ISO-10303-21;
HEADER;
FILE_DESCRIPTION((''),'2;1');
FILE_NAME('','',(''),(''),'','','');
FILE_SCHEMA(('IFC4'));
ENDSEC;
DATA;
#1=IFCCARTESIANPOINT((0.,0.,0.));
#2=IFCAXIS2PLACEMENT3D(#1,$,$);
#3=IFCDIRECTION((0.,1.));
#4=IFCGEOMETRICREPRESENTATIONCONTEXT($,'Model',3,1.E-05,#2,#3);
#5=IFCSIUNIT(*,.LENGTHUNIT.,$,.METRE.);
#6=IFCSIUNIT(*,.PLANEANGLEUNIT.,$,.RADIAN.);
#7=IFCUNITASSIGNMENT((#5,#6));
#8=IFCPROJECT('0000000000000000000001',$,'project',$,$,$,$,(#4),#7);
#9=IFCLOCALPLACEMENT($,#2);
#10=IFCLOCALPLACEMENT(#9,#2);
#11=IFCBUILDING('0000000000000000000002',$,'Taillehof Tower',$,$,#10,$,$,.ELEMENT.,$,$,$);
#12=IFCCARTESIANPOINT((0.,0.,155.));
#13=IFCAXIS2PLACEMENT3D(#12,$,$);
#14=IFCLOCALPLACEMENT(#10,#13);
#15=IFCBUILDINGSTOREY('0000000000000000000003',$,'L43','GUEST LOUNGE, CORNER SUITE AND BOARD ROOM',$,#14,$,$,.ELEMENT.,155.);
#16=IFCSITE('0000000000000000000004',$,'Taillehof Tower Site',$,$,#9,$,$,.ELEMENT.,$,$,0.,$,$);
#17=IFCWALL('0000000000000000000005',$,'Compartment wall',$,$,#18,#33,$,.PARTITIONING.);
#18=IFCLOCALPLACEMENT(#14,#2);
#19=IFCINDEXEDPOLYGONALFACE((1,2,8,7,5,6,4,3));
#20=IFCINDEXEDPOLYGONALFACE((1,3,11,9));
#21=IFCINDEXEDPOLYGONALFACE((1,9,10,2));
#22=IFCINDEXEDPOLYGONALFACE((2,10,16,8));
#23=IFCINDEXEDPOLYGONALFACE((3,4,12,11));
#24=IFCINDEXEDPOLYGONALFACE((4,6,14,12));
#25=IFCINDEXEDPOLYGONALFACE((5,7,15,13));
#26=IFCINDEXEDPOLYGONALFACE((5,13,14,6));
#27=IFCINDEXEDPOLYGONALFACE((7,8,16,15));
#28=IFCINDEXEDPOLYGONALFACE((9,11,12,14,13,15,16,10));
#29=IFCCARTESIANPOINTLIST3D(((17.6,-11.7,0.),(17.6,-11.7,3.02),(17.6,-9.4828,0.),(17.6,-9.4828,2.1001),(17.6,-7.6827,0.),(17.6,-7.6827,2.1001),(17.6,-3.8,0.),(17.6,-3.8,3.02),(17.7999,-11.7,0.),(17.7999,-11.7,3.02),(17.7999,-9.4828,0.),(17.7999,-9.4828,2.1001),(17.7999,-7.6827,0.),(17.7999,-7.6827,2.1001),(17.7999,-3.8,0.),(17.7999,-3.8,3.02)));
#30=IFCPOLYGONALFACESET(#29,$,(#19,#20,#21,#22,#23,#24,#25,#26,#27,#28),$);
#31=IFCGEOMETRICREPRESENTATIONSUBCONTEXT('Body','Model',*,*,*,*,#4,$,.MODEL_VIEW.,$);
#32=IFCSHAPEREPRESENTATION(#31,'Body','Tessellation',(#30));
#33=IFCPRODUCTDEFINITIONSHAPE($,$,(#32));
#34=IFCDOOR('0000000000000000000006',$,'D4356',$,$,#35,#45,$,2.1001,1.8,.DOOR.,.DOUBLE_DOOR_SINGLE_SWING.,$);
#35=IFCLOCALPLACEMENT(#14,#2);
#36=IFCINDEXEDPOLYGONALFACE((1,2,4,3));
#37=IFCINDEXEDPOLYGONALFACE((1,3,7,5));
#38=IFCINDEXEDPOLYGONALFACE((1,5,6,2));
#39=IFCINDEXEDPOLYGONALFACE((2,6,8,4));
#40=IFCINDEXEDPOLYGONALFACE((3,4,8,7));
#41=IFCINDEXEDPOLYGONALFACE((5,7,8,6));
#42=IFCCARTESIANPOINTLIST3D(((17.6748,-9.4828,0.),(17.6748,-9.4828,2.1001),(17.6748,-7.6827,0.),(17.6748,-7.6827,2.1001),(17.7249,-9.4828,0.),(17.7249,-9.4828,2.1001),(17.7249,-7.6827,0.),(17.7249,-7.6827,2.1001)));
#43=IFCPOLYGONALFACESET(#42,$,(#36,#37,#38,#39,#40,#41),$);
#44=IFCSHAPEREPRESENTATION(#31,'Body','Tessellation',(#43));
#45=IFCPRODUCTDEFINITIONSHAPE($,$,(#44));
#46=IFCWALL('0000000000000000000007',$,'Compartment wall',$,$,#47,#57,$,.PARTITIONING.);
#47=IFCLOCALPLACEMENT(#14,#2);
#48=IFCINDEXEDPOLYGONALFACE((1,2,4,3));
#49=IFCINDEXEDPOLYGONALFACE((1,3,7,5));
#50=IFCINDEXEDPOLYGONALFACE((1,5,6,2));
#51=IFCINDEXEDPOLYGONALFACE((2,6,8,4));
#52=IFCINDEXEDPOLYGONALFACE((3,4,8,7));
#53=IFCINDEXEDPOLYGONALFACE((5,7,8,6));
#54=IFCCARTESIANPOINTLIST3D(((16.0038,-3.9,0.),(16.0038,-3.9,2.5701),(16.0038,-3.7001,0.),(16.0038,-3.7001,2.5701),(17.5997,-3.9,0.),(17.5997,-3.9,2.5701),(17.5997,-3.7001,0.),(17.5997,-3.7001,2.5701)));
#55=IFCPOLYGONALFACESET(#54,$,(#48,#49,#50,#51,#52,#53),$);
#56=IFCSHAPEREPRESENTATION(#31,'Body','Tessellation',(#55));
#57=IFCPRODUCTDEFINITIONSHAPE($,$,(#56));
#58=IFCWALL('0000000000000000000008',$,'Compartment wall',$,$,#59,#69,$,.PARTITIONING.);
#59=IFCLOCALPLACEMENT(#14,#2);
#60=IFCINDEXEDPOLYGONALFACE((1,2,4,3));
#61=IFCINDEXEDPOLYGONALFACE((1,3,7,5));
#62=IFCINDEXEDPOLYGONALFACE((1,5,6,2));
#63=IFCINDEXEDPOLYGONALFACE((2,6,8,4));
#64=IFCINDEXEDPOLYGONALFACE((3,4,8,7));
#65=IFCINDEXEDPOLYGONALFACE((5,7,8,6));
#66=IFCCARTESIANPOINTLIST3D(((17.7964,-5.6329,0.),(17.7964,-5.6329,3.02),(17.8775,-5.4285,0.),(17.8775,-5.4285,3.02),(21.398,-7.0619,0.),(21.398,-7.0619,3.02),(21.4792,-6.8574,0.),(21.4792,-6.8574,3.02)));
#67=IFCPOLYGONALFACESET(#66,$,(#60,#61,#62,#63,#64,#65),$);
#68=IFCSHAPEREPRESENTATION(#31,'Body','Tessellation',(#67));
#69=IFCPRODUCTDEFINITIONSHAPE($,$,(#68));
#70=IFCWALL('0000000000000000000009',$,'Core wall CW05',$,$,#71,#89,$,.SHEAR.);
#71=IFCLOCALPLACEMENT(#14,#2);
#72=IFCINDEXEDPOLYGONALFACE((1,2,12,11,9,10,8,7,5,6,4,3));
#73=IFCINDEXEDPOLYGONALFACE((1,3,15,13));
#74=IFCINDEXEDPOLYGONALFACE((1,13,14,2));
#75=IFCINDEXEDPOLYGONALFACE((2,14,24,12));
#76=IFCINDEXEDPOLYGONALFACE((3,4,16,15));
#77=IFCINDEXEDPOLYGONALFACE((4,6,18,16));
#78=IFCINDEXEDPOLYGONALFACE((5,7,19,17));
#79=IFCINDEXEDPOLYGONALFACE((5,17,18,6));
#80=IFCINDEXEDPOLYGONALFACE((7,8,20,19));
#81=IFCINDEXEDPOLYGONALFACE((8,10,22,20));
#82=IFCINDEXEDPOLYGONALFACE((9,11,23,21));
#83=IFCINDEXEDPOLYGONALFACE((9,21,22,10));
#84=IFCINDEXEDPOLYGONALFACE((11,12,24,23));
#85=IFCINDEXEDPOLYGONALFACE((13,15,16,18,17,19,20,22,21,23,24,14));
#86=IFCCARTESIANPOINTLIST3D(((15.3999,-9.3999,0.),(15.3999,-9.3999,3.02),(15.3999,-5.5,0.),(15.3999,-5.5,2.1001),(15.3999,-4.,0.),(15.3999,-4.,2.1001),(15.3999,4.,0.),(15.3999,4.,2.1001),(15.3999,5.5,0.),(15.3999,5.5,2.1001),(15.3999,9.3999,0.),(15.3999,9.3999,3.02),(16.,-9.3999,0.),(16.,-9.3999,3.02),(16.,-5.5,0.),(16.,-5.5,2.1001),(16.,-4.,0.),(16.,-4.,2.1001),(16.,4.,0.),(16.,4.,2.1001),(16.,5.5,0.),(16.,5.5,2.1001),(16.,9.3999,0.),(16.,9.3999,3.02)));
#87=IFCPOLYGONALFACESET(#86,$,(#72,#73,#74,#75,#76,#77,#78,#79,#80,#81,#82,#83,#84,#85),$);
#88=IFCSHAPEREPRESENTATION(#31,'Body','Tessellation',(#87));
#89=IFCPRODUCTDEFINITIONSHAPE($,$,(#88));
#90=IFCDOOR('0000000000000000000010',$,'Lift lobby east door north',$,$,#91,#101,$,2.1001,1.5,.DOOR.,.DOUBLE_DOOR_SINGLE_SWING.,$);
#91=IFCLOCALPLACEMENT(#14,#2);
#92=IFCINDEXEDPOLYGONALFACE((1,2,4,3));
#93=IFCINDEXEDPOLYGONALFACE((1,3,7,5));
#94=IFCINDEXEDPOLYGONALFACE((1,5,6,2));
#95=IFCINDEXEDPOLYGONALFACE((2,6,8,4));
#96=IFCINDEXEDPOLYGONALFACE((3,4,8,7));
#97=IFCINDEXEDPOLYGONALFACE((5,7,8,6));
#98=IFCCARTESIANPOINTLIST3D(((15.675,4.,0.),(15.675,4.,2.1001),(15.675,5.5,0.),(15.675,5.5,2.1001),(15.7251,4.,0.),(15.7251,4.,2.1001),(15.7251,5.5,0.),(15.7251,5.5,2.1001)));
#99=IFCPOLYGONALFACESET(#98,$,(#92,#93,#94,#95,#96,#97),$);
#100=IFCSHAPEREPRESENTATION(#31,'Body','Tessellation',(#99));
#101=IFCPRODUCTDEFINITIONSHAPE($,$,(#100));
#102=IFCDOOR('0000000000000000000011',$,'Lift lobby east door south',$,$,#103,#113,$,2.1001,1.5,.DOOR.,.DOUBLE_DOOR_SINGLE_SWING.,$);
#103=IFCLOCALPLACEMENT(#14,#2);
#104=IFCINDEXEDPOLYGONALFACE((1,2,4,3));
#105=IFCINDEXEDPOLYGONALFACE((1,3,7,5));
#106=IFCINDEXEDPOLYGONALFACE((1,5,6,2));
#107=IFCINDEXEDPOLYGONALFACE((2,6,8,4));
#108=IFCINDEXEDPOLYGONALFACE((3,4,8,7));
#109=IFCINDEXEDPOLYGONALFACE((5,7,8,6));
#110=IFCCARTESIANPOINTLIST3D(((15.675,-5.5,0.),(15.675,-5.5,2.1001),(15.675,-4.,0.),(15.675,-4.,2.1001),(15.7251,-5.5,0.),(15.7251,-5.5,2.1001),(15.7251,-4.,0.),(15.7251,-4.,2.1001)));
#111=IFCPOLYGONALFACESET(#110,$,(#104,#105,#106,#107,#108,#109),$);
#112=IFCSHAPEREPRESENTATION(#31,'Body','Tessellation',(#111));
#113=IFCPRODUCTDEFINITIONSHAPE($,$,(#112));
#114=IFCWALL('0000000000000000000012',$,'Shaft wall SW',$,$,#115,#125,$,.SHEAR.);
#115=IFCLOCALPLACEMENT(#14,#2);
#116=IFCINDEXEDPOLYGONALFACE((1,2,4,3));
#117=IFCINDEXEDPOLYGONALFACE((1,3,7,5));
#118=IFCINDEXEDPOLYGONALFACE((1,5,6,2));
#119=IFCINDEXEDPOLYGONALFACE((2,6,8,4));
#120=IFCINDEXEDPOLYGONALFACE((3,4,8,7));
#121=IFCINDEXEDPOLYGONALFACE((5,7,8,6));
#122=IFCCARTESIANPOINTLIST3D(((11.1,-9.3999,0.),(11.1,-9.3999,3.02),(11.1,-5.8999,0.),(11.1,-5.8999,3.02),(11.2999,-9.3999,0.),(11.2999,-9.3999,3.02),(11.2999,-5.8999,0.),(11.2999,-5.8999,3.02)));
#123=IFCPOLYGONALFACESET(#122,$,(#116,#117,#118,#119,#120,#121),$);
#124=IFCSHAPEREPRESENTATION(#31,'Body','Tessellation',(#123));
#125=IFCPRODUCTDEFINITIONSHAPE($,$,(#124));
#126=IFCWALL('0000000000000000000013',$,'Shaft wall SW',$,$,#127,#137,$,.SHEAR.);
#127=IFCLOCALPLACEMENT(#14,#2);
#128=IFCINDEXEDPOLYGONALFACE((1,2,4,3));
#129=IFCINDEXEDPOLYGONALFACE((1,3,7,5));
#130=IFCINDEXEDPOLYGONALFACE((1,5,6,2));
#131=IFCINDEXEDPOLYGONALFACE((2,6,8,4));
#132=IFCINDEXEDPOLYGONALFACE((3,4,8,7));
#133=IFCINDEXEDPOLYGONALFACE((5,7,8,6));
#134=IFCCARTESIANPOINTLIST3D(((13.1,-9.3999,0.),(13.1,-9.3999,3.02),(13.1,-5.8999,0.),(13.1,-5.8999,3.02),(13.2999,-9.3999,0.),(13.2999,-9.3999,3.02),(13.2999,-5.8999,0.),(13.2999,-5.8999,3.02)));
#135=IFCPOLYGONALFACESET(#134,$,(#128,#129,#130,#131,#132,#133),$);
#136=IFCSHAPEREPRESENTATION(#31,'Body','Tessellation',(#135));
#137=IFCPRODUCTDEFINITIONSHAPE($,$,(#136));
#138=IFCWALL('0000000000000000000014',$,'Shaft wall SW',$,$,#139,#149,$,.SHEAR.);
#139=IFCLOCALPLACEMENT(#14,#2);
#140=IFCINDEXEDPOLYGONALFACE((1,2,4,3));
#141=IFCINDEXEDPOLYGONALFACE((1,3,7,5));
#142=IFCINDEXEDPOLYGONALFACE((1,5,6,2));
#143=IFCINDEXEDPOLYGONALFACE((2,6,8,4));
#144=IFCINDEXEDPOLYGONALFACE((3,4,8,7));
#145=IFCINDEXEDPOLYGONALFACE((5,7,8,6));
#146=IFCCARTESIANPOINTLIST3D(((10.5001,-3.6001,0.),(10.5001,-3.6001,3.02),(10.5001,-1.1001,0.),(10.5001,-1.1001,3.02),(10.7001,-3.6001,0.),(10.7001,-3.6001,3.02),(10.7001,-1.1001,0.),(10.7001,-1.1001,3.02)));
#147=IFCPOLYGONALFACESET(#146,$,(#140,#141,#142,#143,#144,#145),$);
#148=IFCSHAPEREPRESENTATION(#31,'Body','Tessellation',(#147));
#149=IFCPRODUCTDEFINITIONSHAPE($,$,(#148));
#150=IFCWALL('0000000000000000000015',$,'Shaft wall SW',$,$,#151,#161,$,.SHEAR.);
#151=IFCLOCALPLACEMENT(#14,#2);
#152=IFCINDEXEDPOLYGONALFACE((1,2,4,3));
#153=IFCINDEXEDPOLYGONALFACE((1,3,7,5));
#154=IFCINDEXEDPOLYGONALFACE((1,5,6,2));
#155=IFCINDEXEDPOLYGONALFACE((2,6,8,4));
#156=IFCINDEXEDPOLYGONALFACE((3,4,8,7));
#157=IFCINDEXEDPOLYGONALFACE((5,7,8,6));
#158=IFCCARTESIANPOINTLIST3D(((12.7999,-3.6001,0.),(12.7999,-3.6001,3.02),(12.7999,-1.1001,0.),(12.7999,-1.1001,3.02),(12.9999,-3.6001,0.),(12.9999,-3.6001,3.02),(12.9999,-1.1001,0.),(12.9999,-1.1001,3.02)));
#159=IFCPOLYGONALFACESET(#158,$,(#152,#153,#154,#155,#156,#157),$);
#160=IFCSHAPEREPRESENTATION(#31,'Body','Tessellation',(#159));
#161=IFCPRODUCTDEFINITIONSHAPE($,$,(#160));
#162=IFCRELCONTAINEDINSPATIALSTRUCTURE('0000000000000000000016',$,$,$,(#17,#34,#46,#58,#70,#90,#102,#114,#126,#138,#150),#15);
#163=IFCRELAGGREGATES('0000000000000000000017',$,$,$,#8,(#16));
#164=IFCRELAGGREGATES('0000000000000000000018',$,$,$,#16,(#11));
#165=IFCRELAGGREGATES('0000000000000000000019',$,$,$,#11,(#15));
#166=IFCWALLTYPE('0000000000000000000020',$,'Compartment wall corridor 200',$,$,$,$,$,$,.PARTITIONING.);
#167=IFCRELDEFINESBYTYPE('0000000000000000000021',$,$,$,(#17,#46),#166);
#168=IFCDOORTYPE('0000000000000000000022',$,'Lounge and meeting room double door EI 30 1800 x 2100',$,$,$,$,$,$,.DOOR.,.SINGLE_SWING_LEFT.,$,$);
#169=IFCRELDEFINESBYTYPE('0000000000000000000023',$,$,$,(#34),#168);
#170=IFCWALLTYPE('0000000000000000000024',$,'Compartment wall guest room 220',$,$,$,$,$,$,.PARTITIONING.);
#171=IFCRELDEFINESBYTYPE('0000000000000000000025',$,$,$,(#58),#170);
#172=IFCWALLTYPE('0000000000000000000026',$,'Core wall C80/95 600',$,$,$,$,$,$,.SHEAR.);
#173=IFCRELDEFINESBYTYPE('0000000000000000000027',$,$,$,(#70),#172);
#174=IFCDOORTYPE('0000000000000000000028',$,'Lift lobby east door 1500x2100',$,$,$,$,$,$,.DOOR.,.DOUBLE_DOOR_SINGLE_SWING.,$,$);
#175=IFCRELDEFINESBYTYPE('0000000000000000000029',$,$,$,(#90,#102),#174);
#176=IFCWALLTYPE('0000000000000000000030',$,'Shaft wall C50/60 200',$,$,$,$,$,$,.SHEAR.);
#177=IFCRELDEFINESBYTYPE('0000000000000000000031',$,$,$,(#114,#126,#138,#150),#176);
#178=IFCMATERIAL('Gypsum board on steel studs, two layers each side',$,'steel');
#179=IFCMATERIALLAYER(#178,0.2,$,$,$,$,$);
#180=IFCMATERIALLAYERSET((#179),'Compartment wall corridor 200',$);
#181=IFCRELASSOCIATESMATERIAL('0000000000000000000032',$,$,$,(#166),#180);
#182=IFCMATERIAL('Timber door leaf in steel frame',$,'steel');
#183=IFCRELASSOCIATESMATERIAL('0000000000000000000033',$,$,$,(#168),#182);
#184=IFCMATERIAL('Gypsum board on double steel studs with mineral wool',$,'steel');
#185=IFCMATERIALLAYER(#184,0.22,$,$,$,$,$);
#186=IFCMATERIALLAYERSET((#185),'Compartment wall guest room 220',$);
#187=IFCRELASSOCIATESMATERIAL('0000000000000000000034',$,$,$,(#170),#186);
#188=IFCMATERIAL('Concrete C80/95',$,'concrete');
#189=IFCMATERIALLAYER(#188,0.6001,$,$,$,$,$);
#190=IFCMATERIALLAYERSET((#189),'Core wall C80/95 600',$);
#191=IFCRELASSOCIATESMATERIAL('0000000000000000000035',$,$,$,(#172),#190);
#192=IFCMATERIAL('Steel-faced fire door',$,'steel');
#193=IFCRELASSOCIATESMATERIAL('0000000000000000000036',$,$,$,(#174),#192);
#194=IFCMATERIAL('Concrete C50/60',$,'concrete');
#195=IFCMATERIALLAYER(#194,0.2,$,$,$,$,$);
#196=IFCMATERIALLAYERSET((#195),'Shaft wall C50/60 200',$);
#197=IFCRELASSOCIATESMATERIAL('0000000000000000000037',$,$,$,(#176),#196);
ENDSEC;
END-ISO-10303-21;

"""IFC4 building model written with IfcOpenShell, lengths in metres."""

from ifc_helpers import new_model, si_unit, direction, frame, frame_2d, origin, place, context, subcontext, project, spatial, rectangle, extrude, material, layer, layer_set, type_object, element, fill, save


model = new_model("IFC4")

# Units and contexts
model_context = context("Model", 3, precision=1e-05, world=origin(), true_north=direction((0.0, 1.0)))
body_context = subcontext(model_context, "Body", "Model", "MODEL_VIEW")
ifc_project = project(units=[si_unit("LENGTHUNIT", "METRE"), si_unit("PLANEANGLEUNIT", "RADIAN")], contexts=[model_context])

# Site, building, storey
site_placement = place(None, origin())
site = spatial("IfcSite", under=ifc_project, at=site_placement, Name="Taillehof Tower Site", CompositionType="ELEMENT", RefElevation=0.0)
building_placement = place(site_placement, origin())
building = spatial("IfcBuilding", under=site, at=building_placement, Name="Taillehof Tower", CompositionType="ELEMENT")
storey_placement = place(building_placement, frame((0.0, 0.0, 155.0)))
storey = spatial("IfcBuildingStorey", under=building, at=storey_placement, Name="L43", Description="GUEST LOUNGE, CORNER SUITE AND BOARD ROOM", CompositionType="ELEMENT", Elevation=155.0)

# Wall, opening, door
ifc_material_1 = material(Name="Gypsum board on steel studs, two layers each side", Category="steel")
ifc_layer_1 = layer(ifc_material_1, 0.2)
ifc_layer_set_1 = layer_set([ifc_layer_1], Name="Compartment wall corridor 200")
wall_type_1 = type_object("IfcWallType", Name="Compartment wall corridor 200", PredefinedType="PARTITIONING", material=ifc_layer_set_1)
wall_1_placement = place(storey_placement, frame((17.7, -3.8, 0.0), z_axis=(0.0, 0.0, 1.0), x_axis=(0.0, -1.0, 0.0)))
wall_1 = element("IfcWall", 1, at=wall_1_placement, inside=storey, type_object=wall_type_1, Name="Compartment wall", PredefinedType="PARTITIONING", context=body_context, shape_type="SweptSolid", body=[
    extrude(rectangle(XDim=7.8999, YDim=0.2, at=frame_2d((3.95, 0.0))), origin(), (0.0, 0.0, 1.0), 3.02),
])
opening_1_placement = place(wall_1_placement, frame((3.8828, 0.0, 0.0)))
opening_1 = element("IfcOpeningElement", 2, at=opening_1_placement, cuts=wall_1, PredefinedType="OPENING", context=body_context, shape_type="SweptSolid", body=[
    extrude(rectangle(XDim=1.8, YDim=2.1001, at=frame_2d((0.8999, 1.05))), frame((0.0, 0.1099, 0.0), z_axis=(0.0, -1.0, 0.0), x_axis=(1.0, 0.0, 0.0)), (0.0, 0.0, 1.0), 0.22),
])
ifc_material_2 = material(Name="Timber door leaf in steel frame", Category="steel")
door_type_1 = type_object("IfcDoorType", Name="Lounge and meeting room double door EI 30 1800 x 2100", OperationType="SINGLE_SWING_LEFT", PredefinedType="DOOR", material=ifc_material_2)
door_1_placement = place(opening_1_placement, origin())
door_1 = element("IfcDoor", 3, at=door_1_placement, inside=storey, type_object=door_type_1, Name="D4356", OperationType="DOUBLE_DOOR_SINGLE_SWING", OverallHeight=2.1001, OverallWidth=1.8, PredefinedType="DOOR", context=body_context, shape_type="SweptSolid", body=[
    extrude(rectangle(XDim=1.8, YDim=2.1001, at=frame_2d((0.8999, 1.05))), frame((0.0, 0.0249, 0.0), z_axis=(0.0, -1.0, 0.0), x_axis=(1.0, 0.0, 0.0)), (0.0, 0.0, 1.0), 0.05),
])
fill(opening_1, door_1)

# Walls
wall_2_placement = place(storey_placement, frame((16.0039, -3.8, 0.0), z_axis=(0.0, 0.0, 1.0), x_axis=(1.0, 0.0, 0.0)))
element("IfcWall", 4, at=wall_2_placement, inside=storey, type_object=wall_type_1, Name="Compartment wall", PredefinedType="PARTITIONING", context=body_context, shape_type="SweptSolid", body=[
    extrude(rectangle(XDim=1.5959, YDim=0.2, at=frame_2d((0.7979, 0.0))), origin(), (0.0, 0.0, 1.0), 2.5701),
])
ifc_material_3 = material(Name="Gypsum board on double steel studs with mineral wool", Category="steel")
ifc_layer_2 = layer(ifc_material_3, 0.22)
ifc_layer_set_2 = layer_set([ifc_layer_2], Name="Compartment wall guest room 220")
wall_type_2 = type_object("IfcWallType", Name="Compartment wall guest room 220", PredefinedType="PARTITIONING", material=ifc_layer_set_2)
wall_3_placement = place(storey_placement, frame((21.4387, -6.9597, 0.0), z_axis=(0.0, 0.0, 1.0), x_axis=(-0.929512, 0.368793, 0.0)))
element("IfcWall", 5, at=wall_3_placement, inside=storey, type_object=wall_type_2, Name="Compartment wall", PredefinedType="PARTITIONING", context=body_context, shape_type="SweptSolid", body=[
    extrude(rectangle(XDim=3.8748, YDim=0.22, at=frame_2d((1.9375, 0.0))), origin(), (0.0, 0.0, 1.0), 3.02),
])

# Wall, openings, doors
ifc_material_4 = material(Name="Concrete C80/95", Category="concrete")
ifc_layer_3 = layer(ifc_material_4, 0.6001)
ifc_layer_set_3 = layer_set([ifc_layer_3], Name="Core wall C80/95 600")
wall_type_3 = type_object("IfcWallType", Name="Core wall C80/95 600", PredefinedType="SHEAR", material=ifc_layer_set_3)
wall_4_placement = place(storey_placement, frame((15.7, -9.3999, 0.0), z_axis=(0.0, 0.0, 1.0), x_axis=(0.0, 1.0, 0.0)))
wall_4 = element("IfcWall", 6, at=wall_4_placement, inside=storey, type_object=wall_type_3, Name="Core wall CW05", PredefinedType="SHEAR", context=body_context, shape_type="SweptSolid", body=[
    extrude(rectangle(XDim=18.7998, YDim=0.6001, at=frame_2d((9.3999, 0.0))), origin(), (0.0, 0.0, 1.0), 3.02),
])
opening_2_placement = place(wall_4_placement, frame((13.3999, 0.0, 0.0)))
opening_2 = element("IfcOpeningElement", 7, at=opening_2_placement, cuts=wall_4, PredefinedType="OPENING", context=body_context, shape_type="SweptSolid", body=[
    extrude(rectangle(XDim=1.5, YDim=2.1001, at=frame_2d((0.75, 1.05))), frame((0.0, 0.3101, 0.0), z_axis=(0.0, -1.0, 0.0), x_axis=(1.0, 0.0, 0.0)), (0.0, 0.0, 1.0), 0.6201),
])
opening_3_placement = place(wall_4_placement, frame((3.8999, 0.0, 0.0)))
opening_3 = element("IfcOpeningElement", 8, at=opening_3_placement, cuts=wall_4, PredefinedType="OPENING", context=body_context, shape_type="SweptSolid", body=[
    extrude(rectangle(XDim=1.5, YDim=2.1001, at=frame_2d((0.75, 1.05))), frame((0.0, 0.3101, 0.0), z_axis=(0.0, -1.0, 0.0), x_axis=(1.0, 0.0, 0.0)), (0.0, 0.0, 1.0), 0.6201),
])
ifc_material_5 = material(Name="Steel-faced fire door", Category="steel")
door_type_2 = type_object("IfcDoorType", Name="Lift lobby east door 1500x2100", OperationType="DOUBLE_DOOR_SINGLE_SWING", PredefinedType="DOOR", material=ifc_material_5)
door_2_placement = place(opening_2_placement, origin())
door_2 = element("IfcDoor", 9, at=door_2_placement, inside=storey, type_object=door_type_2, Name="Lift lobby east door north", OperationType="DOUBLE_DOOR_SINGLE_SWING", OverallHeight=2.1001, OverallWidth=1.5, PredefinedType="DOOR", context=body_context, shape_type="SweptSolid", body=[
    extrude(rectangle(XDim=1.5, YDim=2.1001, at=frame_2d((0.75, 1.05))), frame((0.0, 0.0249, 0.0), z_axis=(0.0, -1.0, 0.0), x_axis=(1.0, 0.0, 0.0)), (0.0, 0.0, 1.0), 0.05),
])
fill(opening_2, door_2)
door_3_placement = place(opening_3_placement, origin())
door_3 = element("IfcDoor", 10, at=door_3_placement, inside=storey, type_object=door_type_2, Name="Lift lobby east door south", OperationType="DOUBLE_DOOR_SINGLE_SWING", OverallHeight=2.1001, OverallWidth=1.5, PredefinedType="DOOR", context=body_context, shape_type="SweptSolid", body=[
    extrude(rectangle(XDim=1.5, YDim=2.1001, at=frame_2d((0.75, 1.05))), frame((0.0, 0.0249, 0.0), z_axis=(0.0, -1.0, 0.0), x_axis=(1.0, 0.0, 0.0)), (0.0, 0.0, 1.0), 0.05),
])
fill(opening_3, door_3)

# Walls
ifc_material_6 = material(Name="Concrete C50/60", Category="concrete")
ifc_layer_4 = layer(ifc_material_6, 0.2)
ifc_layer_set_4 = layer_set([ifc_layer_4], Name="Shaft wall C50/60 200")
wall_type_4 = type_object("IfcWallType", Name="Shaft wall C50/60 200", PredefinedType="SHEAR", material=ifc_layer_set_4)
for number, where, z_axis, x_axis, name in (
    (11, (11.2, -9.3999, 0.0), (0.0, 0.0, 1.0), (0.0, 1.0, 0.0), "Shaft wall SW"),
    (12, (13.2, -9.3999, 0.0), (0.0, 0.0, 1.0), (0.0, 1.0, 0.0), "Shaft wall SW"),
):
    element("IfcWall", number, at=place(storey_placement, frame(where, z_axis=z_axis, x_axis=x_axis)), inside=storey, type_object=wall_type_4, Name=name, PredefinedType="SHEAR", context=body_context, shape_type="SweptSolid", body=[
        extrude(rectangle(XDim=3.5, YDim=0.2, at=frame_2d((1.75, 0.0))), origin(), (0.0, 0.0, 1.0), 3.02),
    ])
for number, where, z_axis, x_axis, name in (
    (13, (10.6001, -3.6001, 0.0), (0.0, 0.0, 1.0), (0.0, 1.0, 0.0), "Shaft wall SW"),
    (14, (12.8999, -3.6001, 0.0), (0.0, 0.0, 1.0), (0.0, 1.0, 0.0), "Shaft wall SW"),
):
    element("IfcWall", number, at=place(storey_placement, frame(where, z_axis=z_axis, x_axis=x_axis)), inside=storey, type_object=wall_type_4, Name=name, PredefinedType="SHEAR", context=body_context, shape_type="SweptSolid", body=[
        extrude(rectangle(XDim=2.5, YDim=0.2, at=frame_2d((1.25, 0.0))), origin(), (0.0, 0.0, 1.0), 3.02),
    ])

save(model, "model.ifc")
